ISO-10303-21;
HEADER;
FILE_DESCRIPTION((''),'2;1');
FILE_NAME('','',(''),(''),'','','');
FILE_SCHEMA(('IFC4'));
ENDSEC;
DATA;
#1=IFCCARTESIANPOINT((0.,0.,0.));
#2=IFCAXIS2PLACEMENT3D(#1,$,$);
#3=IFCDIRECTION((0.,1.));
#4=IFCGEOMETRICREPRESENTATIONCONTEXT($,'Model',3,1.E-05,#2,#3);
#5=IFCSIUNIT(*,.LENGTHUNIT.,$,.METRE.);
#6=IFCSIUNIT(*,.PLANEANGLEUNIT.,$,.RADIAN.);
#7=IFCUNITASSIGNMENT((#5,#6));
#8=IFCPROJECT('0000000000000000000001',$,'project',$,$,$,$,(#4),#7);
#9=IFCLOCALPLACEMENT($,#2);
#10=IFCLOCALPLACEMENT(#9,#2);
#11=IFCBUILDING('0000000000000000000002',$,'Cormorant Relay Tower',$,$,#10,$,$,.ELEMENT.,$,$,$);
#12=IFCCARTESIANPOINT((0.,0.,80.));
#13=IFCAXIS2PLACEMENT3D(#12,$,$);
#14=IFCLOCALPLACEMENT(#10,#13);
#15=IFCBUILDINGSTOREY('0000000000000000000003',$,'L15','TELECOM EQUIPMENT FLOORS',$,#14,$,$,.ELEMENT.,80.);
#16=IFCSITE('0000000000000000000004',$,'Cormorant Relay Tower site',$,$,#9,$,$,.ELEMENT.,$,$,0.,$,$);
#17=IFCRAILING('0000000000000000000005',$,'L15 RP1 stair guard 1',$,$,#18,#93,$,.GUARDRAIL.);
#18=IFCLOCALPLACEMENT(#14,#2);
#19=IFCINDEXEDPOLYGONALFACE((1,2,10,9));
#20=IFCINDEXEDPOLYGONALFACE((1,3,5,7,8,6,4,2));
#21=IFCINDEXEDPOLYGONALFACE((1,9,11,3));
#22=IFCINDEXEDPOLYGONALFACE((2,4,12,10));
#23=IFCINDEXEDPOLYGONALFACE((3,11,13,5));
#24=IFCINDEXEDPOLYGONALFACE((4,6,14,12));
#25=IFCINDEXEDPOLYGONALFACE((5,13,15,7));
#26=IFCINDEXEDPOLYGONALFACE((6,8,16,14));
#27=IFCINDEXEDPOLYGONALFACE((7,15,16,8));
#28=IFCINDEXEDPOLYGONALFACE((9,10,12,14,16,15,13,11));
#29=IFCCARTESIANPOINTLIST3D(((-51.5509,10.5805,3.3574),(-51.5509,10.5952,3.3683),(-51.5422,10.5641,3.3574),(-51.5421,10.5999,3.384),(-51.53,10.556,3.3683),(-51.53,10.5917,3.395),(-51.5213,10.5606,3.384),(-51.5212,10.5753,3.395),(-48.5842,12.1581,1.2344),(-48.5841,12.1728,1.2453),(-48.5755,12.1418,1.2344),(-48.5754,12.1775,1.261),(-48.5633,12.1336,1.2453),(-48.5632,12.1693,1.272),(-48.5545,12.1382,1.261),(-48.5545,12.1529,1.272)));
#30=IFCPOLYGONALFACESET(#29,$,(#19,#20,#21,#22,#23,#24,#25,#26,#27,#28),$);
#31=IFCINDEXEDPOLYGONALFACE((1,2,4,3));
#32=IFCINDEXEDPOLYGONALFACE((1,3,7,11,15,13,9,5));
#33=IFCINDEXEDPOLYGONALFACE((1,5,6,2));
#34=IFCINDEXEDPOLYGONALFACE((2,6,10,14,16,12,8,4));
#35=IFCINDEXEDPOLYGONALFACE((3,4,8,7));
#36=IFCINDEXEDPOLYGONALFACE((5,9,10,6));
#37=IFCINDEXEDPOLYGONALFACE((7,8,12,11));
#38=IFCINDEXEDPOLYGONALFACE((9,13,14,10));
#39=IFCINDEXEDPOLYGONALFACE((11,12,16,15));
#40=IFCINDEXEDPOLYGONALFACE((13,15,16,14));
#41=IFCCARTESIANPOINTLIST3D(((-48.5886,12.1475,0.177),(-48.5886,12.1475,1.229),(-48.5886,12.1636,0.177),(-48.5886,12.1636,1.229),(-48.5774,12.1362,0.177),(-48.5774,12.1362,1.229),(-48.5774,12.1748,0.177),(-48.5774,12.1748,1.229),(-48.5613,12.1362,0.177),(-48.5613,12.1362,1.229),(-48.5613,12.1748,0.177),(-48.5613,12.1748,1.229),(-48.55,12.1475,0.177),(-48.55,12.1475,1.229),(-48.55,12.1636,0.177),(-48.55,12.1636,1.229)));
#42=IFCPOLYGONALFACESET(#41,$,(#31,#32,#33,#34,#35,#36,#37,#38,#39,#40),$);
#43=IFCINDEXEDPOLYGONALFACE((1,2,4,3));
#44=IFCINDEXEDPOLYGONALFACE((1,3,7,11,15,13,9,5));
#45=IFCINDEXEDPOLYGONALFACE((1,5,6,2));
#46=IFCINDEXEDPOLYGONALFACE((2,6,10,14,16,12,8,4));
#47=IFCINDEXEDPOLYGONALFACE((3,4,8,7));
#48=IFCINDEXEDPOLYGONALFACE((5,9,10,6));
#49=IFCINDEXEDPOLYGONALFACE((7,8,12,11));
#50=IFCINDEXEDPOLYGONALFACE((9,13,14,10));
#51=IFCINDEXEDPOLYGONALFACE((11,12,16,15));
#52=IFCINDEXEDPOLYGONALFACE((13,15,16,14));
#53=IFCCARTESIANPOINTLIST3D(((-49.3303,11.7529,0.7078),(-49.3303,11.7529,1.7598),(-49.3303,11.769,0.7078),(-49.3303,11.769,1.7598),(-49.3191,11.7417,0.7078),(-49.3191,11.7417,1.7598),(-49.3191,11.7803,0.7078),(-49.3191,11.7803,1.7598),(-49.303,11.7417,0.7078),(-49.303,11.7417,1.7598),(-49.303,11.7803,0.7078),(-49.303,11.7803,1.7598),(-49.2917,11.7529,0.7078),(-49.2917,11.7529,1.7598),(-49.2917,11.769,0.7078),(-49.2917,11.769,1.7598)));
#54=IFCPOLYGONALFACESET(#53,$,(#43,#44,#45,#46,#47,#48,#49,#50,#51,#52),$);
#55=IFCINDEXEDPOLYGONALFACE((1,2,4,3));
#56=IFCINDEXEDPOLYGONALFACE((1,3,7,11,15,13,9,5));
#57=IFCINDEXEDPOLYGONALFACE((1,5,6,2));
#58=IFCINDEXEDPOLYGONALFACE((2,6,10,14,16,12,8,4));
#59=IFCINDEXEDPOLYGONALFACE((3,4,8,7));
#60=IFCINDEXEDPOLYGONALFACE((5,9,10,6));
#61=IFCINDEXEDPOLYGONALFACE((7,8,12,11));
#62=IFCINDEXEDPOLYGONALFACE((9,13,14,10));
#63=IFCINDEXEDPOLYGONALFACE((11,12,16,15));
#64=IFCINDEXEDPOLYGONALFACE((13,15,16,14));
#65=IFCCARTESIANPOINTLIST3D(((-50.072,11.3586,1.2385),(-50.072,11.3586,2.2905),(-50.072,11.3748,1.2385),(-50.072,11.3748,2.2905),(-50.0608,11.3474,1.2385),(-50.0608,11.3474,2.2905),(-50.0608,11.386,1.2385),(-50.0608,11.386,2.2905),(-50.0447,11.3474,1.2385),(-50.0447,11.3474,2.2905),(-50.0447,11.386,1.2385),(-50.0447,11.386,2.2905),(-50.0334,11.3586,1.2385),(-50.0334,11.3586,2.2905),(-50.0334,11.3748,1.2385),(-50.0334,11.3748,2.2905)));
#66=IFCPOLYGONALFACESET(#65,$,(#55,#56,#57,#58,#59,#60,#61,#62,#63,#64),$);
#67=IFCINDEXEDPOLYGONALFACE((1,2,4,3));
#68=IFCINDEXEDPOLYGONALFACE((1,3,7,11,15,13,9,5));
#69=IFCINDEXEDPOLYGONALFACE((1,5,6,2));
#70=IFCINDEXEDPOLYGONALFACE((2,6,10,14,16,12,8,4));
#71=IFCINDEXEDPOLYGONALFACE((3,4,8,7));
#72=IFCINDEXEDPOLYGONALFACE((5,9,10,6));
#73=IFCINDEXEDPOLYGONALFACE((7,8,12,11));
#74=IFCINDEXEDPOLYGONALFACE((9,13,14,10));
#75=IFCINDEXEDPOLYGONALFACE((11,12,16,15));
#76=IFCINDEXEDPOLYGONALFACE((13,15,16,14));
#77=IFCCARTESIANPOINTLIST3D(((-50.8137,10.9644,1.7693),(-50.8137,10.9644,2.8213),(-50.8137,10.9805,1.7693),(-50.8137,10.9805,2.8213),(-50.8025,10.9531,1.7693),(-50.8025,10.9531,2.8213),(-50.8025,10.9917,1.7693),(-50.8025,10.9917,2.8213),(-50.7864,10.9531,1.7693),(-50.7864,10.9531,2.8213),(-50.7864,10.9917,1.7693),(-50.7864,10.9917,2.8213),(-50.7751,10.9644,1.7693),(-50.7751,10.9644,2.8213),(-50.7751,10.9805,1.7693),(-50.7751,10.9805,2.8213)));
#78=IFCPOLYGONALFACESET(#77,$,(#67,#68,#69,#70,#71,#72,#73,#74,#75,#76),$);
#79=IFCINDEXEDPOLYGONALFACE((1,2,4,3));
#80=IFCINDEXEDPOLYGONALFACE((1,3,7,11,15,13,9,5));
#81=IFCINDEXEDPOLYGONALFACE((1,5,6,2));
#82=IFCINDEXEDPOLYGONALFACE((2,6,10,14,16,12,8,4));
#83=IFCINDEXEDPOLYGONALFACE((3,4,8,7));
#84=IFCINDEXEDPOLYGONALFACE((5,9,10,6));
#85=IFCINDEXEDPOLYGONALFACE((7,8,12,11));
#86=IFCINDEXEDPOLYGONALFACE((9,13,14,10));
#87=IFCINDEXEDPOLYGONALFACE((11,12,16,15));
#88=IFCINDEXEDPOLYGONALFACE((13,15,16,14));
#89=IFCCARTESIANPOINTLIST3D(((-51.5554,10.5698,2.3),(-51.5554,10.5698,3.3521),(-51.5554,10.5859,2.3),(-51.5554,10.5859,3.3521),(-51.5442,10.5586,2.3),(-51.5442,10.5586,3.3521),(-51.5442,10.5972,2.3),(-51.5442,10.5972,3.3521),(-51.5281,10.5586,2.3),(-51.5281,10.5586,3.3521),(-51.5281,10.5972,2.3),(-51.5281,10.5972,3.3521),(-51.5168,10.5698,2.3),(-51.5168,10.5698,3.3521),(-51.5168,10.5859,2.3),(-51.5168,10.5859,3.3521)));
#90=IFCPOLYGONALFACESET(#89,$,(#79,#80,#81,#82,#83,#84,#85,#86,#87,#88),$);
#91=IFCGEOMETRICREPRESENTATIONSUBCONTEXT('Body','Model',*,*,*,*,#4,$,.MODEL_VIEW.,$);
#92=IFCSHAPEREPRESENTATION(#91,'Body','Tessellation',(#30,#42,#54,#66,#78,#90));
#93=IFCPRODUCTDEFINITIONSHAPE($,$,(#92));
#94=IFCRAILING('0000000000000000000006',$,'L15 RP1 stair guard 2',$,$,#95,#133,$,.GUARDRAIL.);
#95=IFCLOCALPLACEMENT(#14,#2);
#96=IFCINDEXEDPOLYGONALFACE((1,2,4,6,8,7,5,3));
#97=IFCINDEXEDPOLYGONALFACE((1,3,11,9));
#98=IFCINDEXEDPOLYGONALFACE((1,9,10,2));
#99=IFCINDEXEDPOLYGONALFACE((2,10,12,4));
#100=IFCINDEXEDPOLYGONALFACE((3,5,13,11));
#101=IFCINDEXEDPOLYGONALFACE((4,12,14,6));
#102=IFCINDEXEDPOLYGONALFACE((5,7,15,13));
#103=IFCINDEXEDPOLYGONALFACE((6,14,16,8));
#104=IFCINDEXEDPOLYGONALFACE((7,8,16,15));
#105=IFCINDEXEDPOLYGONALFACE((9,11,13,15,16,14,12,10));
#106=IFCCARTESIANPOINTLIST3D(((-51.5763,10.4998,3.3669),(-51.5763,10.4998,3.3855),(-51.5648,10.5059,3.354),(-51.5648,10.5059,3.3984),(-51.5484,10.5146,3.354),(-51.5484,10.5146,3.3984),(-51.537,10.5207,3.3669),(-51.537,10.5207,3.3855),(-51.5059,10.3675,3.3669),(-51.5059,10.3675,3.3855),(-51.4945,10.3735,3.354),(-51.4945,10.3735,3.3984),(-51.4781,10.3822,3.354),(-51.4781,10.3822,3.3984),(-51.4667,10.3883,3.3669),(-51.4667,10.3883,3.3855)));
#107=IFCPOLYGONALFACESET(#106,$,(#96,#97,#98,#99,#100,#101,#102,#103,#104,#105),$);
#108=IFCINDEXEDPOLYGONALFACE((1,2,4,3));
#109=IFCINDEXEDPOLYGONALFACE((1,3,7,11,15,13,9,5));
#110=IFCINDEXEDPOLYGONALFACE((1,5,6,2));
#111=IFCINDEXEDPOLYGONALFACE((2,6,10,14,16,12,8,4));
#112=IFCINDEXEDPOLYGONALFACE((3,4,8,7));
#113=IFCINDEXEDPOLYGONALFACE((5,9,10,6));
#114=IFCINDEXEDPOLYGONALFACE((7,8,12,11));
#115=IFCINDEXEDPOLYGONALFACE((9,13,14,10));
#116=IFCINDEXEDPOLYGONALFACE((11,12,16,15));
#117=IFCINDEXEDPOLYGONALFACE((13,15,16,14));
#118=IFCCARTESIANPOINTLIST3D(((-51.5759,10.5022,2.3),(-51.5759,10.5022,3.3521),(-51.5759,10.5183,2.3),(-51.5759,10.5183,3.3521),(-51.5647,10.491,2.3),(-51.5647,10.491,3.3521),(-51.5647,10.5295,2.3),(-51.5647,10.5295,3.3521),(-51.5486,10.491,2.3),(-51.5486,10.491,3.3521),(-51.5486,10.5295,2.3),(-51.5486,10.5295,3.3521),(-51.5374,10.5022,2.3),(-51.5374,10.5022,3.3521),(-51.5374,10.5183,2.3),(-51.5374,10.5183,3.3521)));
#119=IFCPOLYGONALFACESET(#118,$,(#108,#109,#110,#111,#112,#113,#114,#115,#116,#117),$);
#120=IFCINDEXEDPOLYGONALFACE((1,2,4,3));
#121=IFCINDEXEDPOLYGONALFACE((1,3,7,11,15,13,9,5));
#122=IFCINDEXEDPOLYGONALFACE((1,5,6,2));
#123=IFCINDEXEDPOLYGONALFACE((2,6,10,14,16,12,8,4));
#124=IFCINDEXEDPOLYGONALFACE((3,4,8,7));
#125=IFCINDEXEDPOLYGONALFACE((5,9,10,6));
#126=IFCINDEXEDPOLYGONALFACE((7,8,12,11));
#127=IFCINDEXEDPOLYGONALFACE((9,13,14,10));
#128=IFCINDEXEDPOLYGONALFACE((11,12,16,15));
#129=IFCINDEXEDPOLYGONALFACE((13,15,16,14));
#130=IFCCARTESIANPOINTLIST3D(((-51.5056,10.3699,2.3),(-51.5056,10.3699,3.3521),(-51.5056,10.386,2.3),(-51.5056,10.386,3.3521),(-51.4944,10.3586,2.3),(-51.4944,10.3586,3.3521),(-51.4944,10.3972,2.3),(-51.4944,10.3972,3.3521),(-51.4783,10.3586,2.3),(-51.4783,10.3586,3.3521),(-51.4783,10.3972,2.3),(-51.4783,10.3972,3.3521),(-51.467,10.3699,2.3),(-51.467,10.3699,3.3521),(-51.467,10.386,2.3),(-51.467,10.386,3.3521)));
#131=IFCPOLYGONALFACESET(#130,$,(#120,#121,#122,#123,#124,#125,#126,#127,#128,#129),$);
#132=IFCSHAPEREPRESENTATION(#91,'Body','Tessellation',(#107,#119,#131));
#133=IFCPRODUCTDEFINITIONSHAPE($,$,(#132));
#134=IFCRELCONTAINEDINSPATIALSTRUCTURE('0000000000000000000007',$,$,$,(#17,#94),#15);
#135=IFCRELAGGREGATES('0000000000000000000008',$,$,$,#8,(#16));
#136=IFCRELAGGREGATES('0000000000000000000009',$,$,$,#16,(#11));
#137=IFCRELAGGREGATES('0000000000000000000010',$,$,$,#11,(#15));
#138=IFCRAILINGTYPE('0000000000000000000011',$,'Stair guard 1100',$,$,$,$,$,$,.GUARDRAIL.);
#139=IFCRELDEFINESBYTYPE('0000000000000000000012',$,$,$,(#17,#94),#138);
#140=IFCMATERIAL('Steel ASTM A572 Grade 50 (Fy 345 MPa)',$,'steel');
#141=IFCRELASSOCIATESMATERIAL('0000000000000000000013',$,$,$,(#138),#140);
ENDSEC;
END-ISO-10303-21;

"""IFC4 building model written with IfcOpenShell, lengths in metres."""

from ifc_helpers import new_model, si_unit, direction, frame, origin, place, context, subcontext, project, spatial, polyline, outline, extrude, material, type_object, element, save


model = new_model("IFC4")

# Units and contexts
model_context = context("Model", 3, precision=1e-05, world=origin(), true_north=direction((0.0, 1.0)))
body_context = subcontext(model_context, "Body", "Model", "MODEL_VIEW")
ifc_project = project(units=[si_unit("LENGTHUNIT", "METRE"), si_unit("PLANEANGLEUNIT", "RADIAN")], contexts=[model_context])

# Site, building, storey
site_placement = place(None, origin())
site = spatial("IfcSite", under=ifc_project, at=site_placement, Name="Cormorant Relay Tower site", CompositionType="ELEMENT", RefElevation=0.0)
building_placement = place(site_placement, origin())
building = spatial("IfcBuilding", under=site, at=building_placement, Name="Cormorant Relay Tower", CompositionType="ELEMENT")
storey_placement = place(building_placement, frame((0.0, 0.0, 80.0)))
storey = spatial("IfcBuildingStorey", under=building, at=storey_placement, Name="L15", Description="TELECOM EQUIPMENT FLOORS", CompositionType="ELEMENT", Elevation=80.0)

# Railings
ifc_material_1 = material(Name="Steel ASTM A572 Grade 50 (Fy 345 MPa)", Category="steel")
railing_type_1 = type_object("IfcRailingType", Name="Stair guard 1100", PredefinedType="GUARDRAIL", material=ifc_material_1)
railing_1_placement = place(storey_placement, frame((-48.5693, 12.1555, 0.177)))
element("IfcRailing", 1, at=railing_1_placement, inside=storey, type_object=railing_type_1, Name="L15 RP1 stair guard 1", PredefinedType="GUARDRAIL", context=body_context, shape_type="SweptSolid", body=[
    extrude(outline(polyline([(0.0222, 0.0093), (0.0093, 0.0222), (-0.0093, 0.0222), (-0.0222, 0.0093), (-0.0222, -0.0093), (-0.0093, -0.0222), (0.0093, -0.0222), (0.0222, -0.0093), (0.0222, 0.0093)])), frame((0.0, 0.0, 1.0762), z_axis=(-0.746422, -0.396921, 0.534142), x_axis=(0.469509, -0.882928, 0.0)), (0.0, 0.0, 1.0), 3.9746),
    extrude(outline(polyline([(0.0193, 0.0081), (0.0081, 0.0193), (-0.0081, 0.0193), (-0.0193, 0.0081), (-0.0193, -0.0081), (-0.0081, -0.0193), (0.0081, -0.0193), (0.0193, -0.0081), (0.0193, 0.0081)])), origin(), (0.0, 0.0, 1.0), 1.052),
    extrude(outline(polyline([(0.0193, 0.0081), (0.0081, 0.0193), (-0.0081, 0.0193), (-0.0193, 0.0081), (-0.0193, -0.0081), (-0.0081, -0.0193), (0.0081, -0.0193), (0.0193, -0.0081), (0.0193, 0.0081)])), frame((-0.7417, -0.3945, 0.5308)), (0.0, 0.0, 1.0), 1.052),
    extrude(outline(polyline([(0.0193, 0.0081), (0.0081, 0.0193), (-0.0081, 0.0193), (-0.0193, 0.0081), (-0.0193, -0.0081), (-0.0081, -0.0193), (0.0081, -0.0193), (0.0193, -0.0081), (0.0193, 0.0081)])), frame((-1.4834, -0.7888, 1.0615)), (0.0, 0.0, 1.0), 1.052),
    extrude(outline(polyline([(0.0193, 0.0081), (0.0081, 0.0193), (-0.0081, 0.0193), (-0.0193, 0.0081), (-0.0193, -0.0081), (-0.0081, -0.0193), (0.0081, -0.0193), (0.0193, -0.0081), (0.0193, 0.0081)])), frame((-2.2251, -1.1831, 1.5923)), (0.0, 0.0, 1.0), 1.052),
    extrude(outline(polyline([(0.0193, 0.0081), (0.0081, 0.0193), (-0.0081, 0.0193), (-0.0193, 0.0081), (-0.0193, -0.0081), (-0.0081, -0.0193), (0.0081, -0.0193), (0.0193, -0.0081), (0.0193, 0.0081)])), frame((-2.9668, -1.5776, 2.123)), (0.0, 0.0, 1.0), 1.052),
])
railing_2_placement = place(storey_placement, frame((-51.5566, 10.5103, 2.3)))
element("IfcRailing", 2, at=railing_2_placement, inside=storey, type_object=railing_type_1, Name="L15 RP1 stair guard 2", PredefinedType="GUARDRAIL", context=body_context, shape_type="SweptSolid", body=[
    extrude(outline(polyline([(0.0222, 0.0093), (0.0093, 0.0222), (-0.0093, 0.0222), (-0.0222, 0.0093), (-0.0222, -0.0093), (-0.0093, -0.0222), (0.0093, -0.0222), (0.0222, -0.0093), (0.0222, 0.0093)])), frame((0.0, 0.0, 1.0762), z_axis=(0.469235, -0.883074, 0.0), x_axis=(0.883074, 0.469235, 0.0)), (0.0, 0.0, 1.0), 0.1499),
    extrude(outline(polyline([(0.0193, 0.0081), (0.0081, 0.0193), (-0.0081, 0.0193), (-0.0193, 0.0081), (-0.0193, -0.0081), (-0.0081, -0.0193), (0.0081, -0.0193), (0.0193, -0.0081), (0.0193, 0.0081)])), origin(), (0.0, 0.0, 1.0), 1.052),
    extrude(outline(polyline([(0.0193, 0.0081), (0.0081, 0.0193), (-0.0081, 0.0193), (-0.0193, 0.0081), (-0.0193, -0.0081), (-0.0081, -0.0193), (0.0081, -0.0193), (0.0193, -0.0081), (0.0193, 0.0081)])), frame((0.0703, -0.1323, 0.0)), (0.0, 0.0, 1.0), 1.052),
])

save(model, "model.ifc")
